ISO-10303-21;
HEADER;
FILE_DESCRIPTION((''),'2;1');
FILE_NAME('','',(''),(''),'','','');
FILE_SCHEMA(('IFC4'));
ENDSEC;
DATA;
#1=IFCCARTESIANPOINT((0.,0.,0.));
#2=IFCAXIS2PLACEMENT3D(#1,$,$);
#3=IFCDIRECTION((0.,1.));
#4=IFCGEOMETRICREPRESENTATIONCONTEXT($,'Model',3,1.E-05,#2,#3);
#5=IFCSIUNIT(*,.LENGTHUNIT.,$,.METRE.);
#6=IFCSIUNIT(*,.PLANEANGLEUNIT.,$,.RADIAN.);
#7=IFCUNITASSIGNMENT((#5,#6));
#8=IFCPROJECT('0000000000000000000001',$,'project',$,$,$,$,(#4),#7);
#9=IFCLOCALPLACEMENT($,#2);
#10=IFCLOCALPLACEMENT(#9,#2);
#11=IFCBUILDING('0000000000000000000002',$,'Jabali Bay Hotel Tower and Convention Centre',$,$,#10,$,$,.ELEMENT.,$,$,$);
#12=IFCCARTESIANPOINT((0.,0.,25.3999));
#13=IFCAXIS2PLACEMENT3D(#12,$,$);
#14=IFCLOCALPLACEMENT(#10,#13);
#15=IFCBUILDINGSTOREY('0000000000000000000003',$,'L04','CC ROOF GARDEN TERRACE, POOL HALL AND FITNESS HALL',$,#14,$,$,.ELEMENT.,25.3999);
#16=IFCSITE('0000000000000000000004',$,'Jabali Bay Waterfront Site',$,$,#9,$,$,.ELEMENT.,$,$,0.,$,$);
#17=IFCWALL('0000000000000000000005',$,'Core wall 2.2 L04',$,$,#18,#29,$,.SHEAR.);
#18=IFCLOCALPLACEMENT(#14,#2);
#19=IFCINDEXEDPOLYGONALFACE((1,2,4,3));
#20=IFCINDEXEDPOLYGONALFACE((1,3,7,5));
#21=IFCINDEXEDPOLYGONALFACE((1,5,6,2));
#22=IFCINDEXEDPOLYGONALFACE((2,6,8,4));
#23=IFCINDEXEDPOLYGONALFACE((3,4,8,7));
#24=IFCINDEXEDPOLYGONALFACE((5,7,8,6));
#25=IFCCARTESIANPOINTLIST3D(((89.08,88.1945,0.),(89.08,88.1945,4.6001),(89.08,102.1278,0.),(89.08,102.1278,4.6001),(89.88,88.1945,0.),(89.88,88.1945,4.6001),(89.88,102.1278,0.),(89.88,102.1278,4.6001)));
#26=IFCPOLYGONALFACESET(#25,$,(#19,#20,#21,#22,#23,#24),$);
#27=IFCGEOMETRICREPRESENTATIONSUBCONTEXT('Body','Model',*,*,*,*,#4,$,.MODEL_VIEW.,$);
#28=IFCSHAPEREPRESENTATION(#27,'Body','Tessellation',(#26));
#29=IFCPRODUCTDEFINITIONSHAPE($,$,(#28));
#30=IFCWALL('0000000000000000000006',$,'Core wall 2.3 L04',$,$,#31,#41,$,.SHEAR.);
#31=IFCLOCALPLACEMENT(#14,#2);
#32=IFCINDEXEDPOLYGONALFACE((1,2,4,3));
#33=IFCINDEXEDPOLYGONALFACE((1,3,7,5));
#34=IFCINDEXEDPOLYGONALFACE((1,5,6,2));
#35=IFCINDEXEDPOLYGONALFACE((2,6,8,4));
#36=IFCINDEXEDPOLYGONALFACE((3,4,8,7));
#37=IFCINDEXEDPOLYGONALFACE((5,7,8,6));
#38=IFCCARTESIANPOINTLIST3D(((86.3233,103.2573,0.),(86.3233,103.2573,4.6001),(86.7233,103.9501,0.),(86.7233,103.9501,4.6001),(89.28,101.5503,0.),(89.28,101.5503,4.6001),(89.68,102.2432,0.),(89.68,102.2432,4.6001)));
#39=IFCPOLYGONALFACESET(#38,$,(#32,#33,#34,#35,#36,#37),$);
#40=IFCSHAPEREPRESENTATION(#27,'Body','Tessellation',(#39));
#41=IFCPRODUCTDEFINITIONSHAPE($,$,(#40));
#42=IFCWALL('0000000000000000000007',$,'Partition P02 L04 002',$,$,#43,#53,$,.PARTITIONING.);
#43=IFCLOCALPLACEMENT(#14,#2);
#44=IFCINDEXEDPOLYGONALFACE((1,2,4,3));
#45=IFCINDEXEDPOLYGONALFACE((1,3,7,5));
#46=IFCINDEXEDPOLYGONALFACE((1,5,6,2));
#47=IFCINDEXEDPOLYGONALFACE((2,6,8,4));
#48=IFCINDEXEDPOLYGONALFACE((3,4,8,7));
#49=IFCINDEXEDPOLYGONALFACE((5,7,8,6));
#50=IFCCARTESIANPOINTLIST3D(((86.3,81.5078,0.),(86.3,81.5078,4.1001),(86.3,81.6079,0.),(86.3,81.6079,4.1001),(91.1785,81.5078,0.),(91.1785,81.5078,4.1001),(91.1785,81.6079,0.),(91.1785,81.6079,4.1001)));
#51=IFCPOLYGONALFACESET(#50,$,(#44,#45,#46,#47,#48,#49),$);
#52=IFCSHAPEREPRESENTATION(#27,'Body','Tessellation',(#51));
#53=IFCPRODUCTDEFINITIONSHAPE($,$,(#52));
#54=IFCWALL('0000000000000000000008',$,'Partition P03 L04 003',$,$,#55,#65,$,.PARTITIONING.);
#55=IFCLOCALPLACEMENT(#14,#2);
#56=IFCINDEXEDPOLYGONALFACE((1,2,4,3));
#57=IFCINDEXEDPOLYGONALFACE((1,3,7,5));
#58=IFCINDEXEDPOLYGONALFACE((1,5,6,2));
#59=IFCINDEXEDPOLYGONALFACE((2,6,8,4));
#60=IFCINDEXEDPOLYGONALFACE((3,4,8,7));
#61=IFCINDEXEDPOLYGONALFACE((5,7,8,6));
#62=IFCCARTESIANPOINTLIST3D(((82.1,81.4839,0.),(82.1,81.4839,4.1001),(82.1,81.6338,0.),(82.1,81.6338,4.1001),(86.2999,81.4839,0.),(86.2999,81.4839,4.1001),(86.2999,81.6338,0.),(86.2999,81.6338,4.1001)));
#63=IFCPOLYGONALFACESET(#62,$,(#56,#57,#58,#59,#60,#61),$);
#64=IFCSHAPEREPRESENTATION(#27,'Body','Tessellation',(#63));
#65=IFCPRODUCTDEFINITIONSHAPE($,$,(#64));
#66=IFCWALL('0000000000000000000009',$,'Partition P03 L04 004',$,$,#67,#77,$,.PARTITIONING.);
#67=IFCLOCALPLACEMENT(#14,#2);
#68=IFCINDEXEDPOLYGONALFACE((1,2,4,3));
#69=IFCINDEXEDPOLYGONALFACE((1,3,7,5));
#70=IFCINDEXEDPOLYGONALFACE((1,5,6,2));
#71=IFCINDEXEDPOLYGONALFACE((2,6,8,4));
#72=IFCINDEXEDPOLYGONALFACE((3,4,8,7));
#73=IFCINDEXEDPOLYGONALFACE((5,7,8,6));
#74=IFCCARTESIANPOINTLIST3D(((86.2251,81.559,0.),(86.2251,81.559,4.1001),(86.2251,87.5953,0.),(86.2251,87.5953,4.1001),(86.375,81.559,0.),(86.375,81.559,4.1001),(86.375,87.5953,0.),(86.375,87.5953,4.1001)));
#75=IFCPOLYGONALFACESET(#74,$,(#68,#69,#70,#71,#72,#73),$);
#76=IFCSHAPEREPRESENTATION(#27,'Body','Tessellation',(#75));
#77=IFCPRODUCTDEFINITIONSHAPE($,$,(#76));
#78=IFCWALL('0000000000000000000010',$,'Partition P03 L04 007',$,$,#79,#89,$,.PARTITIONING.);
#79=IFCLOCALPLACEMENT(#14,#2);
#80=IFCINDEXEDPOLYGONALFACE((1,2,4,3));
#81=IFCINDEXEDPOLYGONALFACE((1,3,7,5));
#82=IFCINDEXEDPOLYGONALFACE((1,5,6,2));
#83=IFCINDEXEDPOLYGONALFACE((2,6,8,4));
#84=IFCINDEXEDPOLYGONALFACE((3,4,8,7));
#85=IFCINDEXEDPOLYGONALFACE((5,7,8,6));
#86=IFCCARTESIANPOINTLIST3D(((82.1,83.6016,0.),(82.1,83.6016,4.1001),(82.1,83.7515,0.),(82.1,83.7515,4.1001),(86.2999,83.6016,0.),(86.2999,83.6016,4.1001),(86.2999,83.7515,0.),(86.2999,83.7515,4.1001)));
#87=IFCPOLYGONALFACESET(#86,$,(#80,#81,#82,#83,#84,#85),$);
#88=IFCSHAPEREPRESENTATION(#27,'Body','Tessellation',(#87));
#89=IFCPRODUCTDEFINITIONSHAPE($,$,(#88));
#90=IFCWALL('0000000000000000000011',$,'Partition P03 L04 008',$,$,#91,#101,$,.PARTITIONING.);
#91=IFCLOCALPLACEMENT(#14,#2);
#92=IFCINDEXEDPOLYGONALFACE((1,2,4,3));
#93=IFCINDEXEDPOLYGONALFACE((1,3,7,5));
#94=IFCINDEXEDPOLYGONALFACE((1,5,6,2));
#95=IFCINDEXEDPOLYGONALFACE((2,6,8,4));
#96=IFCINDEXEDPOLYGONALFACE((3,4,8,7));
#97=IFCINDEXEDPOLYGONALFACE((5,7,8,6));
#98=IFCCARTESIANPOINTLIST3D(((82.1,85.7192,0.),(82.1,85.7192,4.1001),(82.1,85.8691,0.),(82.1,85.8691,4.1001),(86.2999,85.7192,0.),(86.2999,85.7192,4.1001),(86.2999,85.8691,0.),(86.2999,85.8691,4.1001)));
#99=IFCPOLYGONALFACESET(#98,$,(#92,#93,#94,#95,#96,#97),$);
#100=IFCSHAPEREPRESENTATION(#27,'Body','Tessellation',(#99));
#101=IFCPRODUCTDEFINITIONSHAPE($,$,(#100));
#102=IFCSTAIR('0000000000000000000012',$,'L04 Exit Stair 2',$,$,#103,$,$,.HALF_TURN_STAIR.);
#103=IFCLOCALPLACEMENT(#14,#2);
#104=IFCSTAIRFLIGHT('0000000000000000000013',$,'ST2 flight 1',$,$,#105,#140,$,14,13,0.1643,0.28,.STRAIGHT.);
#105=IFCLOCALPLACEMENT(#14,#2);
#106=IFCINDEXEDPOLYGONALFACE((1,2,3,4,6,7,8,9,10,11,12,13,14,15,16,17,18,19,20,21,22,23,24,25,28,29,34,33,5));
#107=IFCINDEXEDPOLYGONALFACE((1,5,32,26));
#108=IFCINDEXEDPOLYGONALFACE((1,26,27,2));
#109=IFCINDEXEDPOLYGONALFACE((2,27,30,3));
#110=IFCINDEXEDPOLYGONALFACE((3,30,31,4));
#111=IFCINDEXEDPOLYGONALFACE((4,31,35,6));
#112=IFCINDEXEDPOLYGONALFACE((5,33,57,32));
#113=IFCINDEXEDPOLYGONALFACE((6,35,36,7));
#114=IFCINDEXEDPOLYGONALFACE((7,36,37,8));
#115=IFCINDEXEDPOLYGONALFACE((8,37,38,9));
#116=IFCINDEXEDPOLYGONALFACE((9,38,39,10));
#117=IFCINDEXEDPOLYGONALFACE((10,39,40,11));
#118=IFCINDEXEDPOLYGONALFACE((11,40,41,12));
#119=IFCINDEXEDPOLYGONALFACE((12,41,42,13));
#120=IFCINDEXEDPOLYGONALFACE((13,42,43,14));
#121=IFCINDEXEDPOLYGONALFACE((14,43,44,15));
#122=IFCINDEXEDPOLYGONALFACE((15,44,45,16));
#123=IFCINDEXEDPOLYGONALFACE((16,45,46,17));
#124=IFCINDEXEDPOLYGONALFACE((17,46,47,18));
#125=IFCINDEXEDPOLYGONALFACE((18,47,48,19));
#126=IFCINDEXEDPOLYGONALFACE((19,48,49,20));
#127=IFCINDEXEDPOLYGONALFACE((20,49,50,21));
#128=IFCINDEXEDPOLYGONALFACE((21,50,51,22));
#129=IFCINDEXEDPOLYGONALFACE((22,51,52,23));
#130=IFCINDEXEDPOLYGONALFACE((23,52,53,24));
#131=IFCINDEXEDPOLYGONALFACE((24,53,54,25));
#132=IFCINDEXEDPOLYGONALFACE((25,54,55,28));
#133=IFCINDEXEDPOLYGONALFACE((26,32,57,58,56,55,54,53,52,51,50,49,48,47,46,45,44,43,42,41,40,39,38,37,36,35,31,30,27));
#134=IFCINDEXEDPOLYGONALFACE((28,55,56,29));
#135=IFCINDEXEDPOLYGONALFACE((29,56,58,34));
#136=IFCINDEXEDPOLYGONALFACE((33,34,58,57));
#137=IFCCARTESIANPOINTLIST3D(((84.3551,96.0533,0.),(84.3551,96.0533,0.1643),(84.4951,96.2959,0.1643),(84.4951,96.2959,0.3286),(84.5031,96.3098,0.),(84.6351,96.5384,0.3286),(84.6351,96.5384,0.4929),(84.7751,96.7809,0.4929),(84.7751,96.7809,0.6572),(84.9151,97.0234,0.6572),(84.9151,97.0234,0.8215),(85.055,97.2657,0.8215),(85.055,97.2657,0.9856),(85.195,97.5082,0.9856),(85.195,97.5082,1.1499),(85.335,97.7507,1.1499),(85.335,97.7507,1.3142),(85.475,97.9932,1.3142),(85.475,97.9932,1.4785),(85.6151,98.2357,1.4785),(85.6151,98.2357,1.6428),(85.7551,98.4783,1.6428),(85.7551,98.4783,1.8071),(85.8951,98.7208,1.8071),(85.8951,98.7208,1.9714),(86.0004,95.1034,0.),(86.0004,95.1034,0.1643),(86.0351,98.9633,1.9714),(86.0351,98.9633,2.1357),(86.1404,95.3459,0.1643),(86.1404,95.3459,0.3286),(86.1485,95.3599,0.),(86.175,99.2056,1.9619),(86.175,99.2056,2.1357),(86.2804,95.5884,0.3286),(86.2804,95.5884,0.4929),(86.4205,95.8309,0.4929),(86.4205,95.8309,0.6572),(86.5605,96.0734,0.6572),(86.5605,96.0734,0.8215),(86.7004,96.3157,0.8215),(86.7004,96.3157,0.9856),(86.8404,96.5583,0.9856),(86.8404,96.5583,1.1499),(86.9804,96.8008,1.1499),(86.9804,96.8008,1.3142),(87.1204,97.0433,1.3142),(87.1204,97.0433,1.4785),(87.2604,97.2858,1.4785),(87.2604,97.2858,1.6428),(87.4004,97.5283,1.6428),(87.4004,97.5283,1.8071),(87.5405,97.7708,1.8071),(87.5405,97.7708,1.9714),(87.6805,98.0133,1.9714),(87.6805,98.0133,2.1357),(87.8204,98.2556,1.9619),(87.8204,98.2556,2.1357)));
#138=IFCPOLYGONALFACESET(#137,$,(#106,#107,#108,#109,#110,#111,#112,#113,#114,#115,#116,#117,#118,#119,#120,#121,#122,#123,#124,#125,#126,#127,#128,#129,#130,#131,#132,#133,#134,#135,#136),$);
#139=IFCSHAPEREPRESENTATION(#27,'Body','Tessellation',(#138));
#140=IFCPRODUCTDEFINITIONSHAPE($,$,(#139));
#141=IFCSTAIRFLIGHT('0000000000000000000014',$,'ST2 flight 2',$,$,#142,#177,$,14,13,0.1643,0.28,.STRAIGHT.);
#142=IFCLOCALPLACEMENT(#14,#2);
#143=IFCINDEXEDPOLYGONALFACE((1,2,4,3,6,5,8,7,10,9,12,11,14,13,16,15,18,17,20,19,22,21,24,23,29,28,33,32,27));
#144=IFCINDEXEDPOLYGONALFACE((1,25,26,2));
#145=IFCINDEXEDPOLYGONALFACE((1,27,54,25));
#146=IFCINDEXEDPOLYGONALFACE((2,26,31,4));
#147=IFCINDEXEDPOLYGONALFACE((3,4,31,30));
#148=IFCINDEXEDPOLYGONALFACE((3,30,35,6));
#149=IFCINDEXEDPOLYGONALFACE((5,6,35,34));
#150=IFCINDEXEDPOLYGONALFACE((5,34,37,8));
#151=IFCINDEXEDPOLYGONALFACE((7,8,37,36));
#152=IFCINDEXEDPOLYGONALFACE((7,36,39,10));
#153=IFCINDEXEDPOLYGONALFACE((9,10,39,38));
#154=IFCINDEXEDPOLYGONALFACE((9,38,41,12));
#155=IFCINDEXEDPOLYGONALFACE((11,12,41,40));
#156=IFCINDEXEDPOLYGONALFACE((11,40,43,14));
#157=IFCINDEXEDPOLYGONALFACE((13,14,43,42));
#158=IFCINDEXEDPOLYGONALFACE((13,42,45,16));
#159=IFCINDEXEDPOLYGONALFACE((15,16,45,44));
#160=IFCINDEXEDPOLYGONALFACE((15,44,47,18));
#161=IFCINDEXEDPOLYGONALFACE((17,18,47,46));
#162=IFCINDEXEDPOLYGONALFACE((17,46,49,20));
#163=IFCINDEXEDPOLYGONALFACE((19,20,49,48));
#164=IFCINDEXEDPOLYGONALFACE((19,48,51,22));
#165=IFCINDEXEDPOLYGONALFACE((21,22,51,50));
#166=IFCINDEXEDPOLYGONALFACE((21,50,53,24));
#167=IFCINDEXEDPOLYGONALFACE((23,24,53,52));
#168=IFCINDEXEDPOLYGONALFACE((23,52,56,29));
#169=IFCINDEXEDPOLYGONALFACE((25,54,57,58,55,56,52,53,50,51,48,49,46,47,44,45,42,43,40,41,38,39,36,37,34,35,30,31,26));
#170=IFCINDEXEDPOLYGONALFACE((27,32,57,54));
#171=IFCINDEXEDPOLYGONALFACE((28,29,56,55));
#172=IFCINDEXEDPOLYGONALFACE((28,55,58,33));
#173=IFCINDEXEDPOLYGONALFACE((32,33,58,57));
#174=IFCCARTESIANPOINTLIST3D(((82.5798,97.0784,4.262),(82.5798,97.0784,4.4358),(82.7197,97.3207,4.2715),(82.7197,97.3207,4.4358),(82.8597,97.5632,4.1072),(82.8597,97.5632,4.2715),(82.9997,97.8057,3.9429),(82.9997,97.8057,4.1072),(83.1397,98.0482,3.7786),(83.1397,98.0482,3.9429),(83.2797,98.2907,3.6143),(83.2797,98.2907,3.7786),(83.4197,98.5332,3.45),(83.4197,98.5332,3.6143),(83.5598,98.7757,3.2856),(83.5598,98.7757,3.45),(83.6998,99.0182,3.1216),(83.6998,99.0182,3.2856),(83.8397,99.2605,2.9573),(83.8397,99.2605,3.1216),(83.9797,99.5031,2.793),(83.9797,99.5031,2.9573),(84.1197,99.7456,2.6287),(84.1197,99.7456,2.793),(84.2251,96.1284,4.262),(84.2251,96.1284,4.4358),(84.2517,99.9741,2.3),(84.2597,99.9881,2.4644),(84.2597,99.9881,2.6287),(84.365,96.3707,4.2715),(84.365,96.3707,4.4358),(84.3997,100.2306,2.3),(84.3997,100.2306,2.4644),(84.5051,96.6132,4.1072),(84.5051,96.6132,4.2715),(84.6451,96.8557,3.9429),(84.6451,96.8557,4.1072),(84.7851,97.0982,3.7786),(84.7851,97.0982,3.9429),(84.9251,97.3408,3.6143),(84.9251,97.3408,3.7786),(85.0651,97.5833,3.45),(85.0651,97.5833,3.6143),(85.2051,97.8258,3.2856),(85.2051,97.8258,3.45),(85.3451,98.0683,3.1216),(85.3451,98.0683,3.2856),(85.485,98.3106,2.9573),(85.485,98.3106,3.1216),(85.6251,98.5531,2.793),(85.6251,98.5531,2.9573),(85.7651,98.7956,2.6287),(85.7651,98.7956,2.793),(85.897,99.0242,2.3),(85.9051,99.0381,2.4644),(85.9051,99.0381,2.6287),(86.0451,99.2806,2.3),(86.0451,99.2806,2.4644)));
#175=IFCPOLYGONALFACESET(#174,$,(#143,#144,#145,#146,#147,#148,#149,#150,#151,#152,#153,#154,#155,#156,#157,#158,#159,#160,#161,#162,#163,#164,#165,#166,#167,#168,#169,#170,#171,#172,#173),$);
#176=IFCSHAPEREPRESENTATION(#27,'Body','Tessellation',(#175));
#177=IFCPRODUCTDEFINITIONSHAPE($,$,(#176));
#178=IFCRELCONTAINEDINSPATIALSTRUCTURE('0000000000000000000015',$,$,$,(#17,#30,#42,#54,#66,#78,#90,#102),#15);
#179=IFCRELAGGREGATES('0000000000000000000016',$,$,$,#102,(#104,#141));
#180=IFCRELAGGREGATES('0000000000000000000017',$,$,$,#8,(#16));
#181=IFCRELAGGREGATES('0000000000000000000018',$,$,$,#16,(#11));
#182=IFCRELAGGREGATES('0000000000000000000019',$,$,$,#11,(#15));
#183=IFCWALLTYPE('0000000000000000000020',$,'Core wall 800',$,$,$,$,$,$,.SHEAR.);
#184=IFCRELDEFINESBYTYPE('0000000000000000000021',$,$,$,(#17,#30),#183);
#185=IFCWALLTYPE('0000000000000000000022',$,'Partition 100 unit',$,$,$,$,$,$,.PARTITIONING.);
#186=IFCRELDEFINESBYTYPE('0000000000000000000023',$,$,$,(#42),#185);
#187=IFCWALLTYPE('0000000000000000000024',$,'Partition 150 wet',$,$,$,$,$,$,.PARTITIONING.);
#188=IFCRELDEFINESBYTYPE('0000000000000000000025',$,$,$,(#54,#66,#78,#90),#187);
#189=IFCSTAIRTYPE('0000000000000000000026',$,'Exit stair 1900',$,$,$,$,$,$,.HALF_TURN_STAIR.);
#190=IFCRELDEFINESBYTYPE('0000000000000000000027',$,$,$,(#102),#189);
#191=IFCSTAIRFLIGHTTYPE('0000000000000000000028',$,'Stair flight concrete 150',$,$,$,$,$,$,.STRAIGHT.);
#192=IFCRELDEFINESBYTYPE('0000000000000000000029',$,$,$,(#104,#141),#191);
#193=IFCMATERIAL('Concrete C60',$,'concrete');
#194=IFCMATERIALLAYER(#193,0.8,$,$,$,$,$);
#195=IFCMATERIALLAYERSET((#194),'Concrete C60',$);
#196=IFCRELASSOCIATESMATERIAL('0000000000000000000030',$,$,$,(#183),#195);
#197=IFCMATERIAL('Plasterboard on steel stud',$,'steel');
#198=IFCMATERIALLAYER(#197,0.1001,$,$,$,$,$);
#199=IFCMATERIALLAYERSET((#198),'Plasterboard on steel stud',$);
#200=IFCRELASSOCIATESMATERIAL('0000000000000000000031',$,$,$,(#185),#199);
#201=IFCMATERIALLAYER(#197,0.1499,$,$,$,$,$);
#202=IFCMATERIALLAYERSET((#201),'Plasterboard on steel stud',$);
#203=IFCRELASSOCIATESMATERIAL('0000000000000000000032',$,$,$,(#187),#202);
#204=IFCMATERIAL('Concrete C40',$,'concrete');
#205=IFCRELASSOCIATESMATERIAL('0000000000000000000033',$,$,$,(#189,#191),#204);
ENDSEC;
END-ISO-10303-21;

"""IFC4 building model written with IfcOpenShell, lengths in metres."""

from ifc_helpers import new_model, si_unit, direction, frame, frame_2d, origin, place, context, subcontext, project, spatial, polyline, rectangle, outline, extrude, material, layer, layer_set, type_object, element, aggregate, save


model = new_model("IFC4")

# Units and contexts
model_context = context("Model", 3, precision=1e-05, world=origin(), true_north=direction((0.0, 1.0)))
body_context = subcontext(model_context, "Body", "Model", "MODEL_VIEW")
ifc_project = project(units=[si_unit("LENGTHUNIT", "METRE"), si_unit("PLANEANGLEUNIT", "RADIAN")], contexts=[model_context])

# Site, building, storey
site_placement = place(None, origin())
site = spatial("IfcSite", under=ifc_project, at=site_placement, Name="Jabali Bay Waterfront Site", CompositionType="ELEMENT", RefElevation=0.0)
building_placement = place(site_placement, origin())
building = spatial("IfcBuilding", under=site, at=building_placement, Name="Jabali Bay Hotel Tower and Convention Centre", CompositionType="ELEMENT")
storey_placement = place(building_placement, frame((0.0, 0.0, 25.3999)))
storey = spatial("IfcBuildingStorey", under=building, at=storey_placement, Name="L04", Description="CC ROOF GARDEN TERRACE, POOL HALL AND FITNESS HALL", CompositionType="ELEMENT", Elevation=25.3999)

# Shared definitions
ifc_material_1 = material(Name="Concrete C40", Category="concrete")

# Walls
ifc_material_2 = material(Name="Concrete C60", Category="concrete")
ifc_layer_1 = layer(ifc_material_2, 0.8)
ifc_layer_set_1 = layer_set([ifc_layer_1], Name="Concrete C60")
wall_type_1 = type_object("IfcWallType", Name="Core wall 800", PredefinedType="SHEAR", material=ifc_layer_set_1)
wall_1_placement = place(storey_placement, frame((89.48, 88.1943, 0.0), z_axis=(0.0, 0.0, 1.0), x_axis=(0.0, 1.0, 0.0)))
element("IfcWall", 1, at=wall_1_placement, inside=storey, type_object=wall_type_1, Name="Core wall 2.2 L04", PredefinedType="SHEAR", context=body_context, shape_type="SweptSolid", body=[
    extrude(rectangle(XDim=13.9333, YDim=0.8, at=frame_2d((6.9668, 0.0))), origin(), (0.0, 0.0, 1.0), 4.6001),
])
wall_2_placement = place(storey_placement, frame((89.48, 101.8967, 0.0), z_axis=(0.0, 0.0, 1.0), x_axis=(-0.866034, 0.499984, 0.0)))
element("IfcWall", 2, at=wall_2_placement, inside=storey, type_object=wall_type_1, Name="Core wall 2.3 L04", PredefinedType="SHEAR", context=body_context, shape_type="SweptSolid", body=[
    extrude(rectangle(XDim=3.4141, YDim=0.8, at=frame_2d((1.707, 0.0))), origin(), (0.0, 0.0, 1.0), 4.6001),
])
ifc_material_3 = material(Name="Plasterboard on steel stud", Category="steel")
ifc_layer_2 = layer(ifc_material_3, 0.1001)
ifc_layer_set_2 = layer_set([ifc_layer_2], Name="Plasterboard on steel stud")
wall_type_2 = type_object("IfcWallType", Name="Partition 100 unit", PredefinedType="PARTITIONING", material=ifc_layer_set_2)
wall_3_placement = place(storey_placement, frame((91.1785, 81.5579, 0.0), z_axis=(0.0, 0.0, 1.0), x_axis=(-1.0, 0.0, 0.0)))
element("IfcWall", 3, at=wall_3_placement, inside=storey, type_object=wall_type_2, Name="Partition P02 L04 002", PredefinedType="PARTITIONING", context=body_context, shape_type="SweptSolid", body=[
    extrude(rectangle(XDim=4.8784, YDim=0.1001, at=frame_2d((2.4392, 0.0))), origin(), (0.0, 0.0, 1.0), 4.1001),
])
ifc_layer_3 = layer(ifc_material_3, 0.1499)
ifc_layer_set_3 = layer_set([ifc_layer_3], Name="Plasterboard on steel stud")
wall_type_3 = type_object("IfcWallType", Name="Partition 150 wet", PredefinedType="PARTITIONING", material=ifc_layer_set_3)
wall_4_placement = place(storey_placement, frame((86.3, 81.5588, 0.0), z_axis=(0.0, 0.0, 1.0), x_axis=(-1.0, 0.0, 0.0)))
element("IfcWall", 4, at=wall_4_placement, inside=storey, type_object=wall_type_3, Name="Partition P03 L04 003", PredefinedType="PARTITIONING", context=body_context, shape_type="SweptSolid", body=[
    extrude(rectangle(XDim=4.2, YDim=0.1499, at=frame_2d((2.1001, 0.0))), origin(), (0.0, 0.0, 1.0), 4.1001),
])
wall_5_placement = place(storey_placement, frame((86.3, 87.5952, 0.0), z_axis=(0.0, 0.0, 1.0), x_axis=(0.0, -1.0, 0.0)))
element("IfcWall", 5, at=wall_5_placement, inside=storey, type_object=wall_type_3, Name="Partition P03 L04 004", PredefinedType="PARTITIONING", context=body_context, shape_type="SweptSolid", body=[
    extrude(rectangle(XDim=6.0364, YDim=0.1499, at=frame_2d((3.0181, 0.0))), origin(), (0.0, 0.0, 1.0), 4.1001),
])
for number, where, z_axis, x_axis, name in (
    (6, (86.3, 83.6765, 0.0), (0.0, 0.0, 1.0), (-1.0, 0.0, 0.0), "Partition P03 L04 007"),
    (7, (86.3, 85.7942, 0.0), (0.0, 0.0, 1.0), (-1.0, 0.0, 0.0), "Partition P03 L04 008"),
):
    element("IfcWall", number, at=place(storey_placement, frame(where, z_axis=z_axis, x_axis=x_axis)), inside=storey, type_object=wall_type_3, Name=name, PredefinedType="PARTITIONING", context=body_context, shape_type="SweptSolid", body=[
        extrude(rectangle(XDim=4.2, YDim=0.1499, at=frame_2d((2.1001, 0.0))), origin(), (0.0, 0.0, 1.0), 4.1001),
    ])

# Stair, stair flights
stair_type = type_object("IfcStairType", Name="Exit stair 1900", PredefinedType="HALF_TURN_STAIR", material=ifc_material_1)
stair_placement = place(storey_placement, origin())
stair = element("IfcStair", 8, at=stair_placement, inside=storey, type_object=stair_type, Name="L04 Exit Stair 2", PredefinedType="HALF_TURN_STAIR")
stair_flight_type = type_object("IfcStairFlightType", Name="Stair flight concrete 150", PredefinedType="STRAIGHT", material=ifc_material_1)
stair_flight_1_placement = place(storey_placement, frame((85.1777, 95.5784, 0.0), z_axis=(0.0, 0.0, 1.0), x_axis=(0.5, 0.866025, 0.0)))
stair_flight_1 = element("IfcStairFlight", 9, at=stair_flight_1_placement, type_object=stair_flight_type, Name="ST2 flight 1", NumberOfRisers=14, NumberOfTreads=13, PredefinedType="STRAIGHT", RiserHeight=0.1643, TreadLength=0.28, context=body_context, shape_type="SweptSolid", body=[
    extrude(outline(polyline([(0.0, 0.0), (0.0, 0.1643), (0.28, 0.1643), (0.28, 0.3286), (0.5601, 0.3286), (0.5601, 0.4929), (0.8401, 0.4929), (0.8401, 0.6572), (1.1201, 0.6572), (1.1201, 0.8215), (1.3999, 0.8215), (1.3999, 0.9856), (1.6799, 0.9856), (1.6799, 1.1499), (1.96, 1.1499), (1.96, 1.3142), (2.24, 1.3142), (2.24, 1.4785), (2.52, 1.4785), (2.52, 1.6428), (2.8, 1.6428), (2.8, 1.8071), (3.0801, 1.8071), (3.0801, 1.9714), (3.3601, 1.9714), (3.3601, 2.1357), (3.6399, 2.1357), (3.6399, 2.3), (3.6399, 1.9619), (0.2961, 0.0), (0.0, 0.0)])), frame((0.0, 0.95, 0.0), z_axis=(0.0, -1.0, 0.0), x_axis=(1.0, 0.0, 0.0)), (0.0, 0.0, 1.0), 1.8999),
])
stair_flight_2_placement = place(storey_placement, frame((85.2224, 99.7556, 2.3), z_axis=(0.0, 0.0, 1.0), x_axis=(-0.5, -0.866025, 0.0)))
stair_flight_2 = element("IfcStairFlight", 10, at=stair_flight_2_placement, type_object=stair_flight_type, Name="ST2 flight 2", NumberOfRisers=14, NumberOfTreads=13, PredefinedType="STRAIGHT", RiserHeight=0.1643, TreadLength=0.28, context=body_context, shape_type="SweptSolid", body=[
    extrude(outline(polyline([(0.0, 0.0), (0.0, 0.1643), (0.28, 0.1643), (0.28, 0.3286), (0.5601, 0.3286), (0.5601, 0.4929), (0.8401, 0.4929), (0.8401, 0.6572), (1.1201, 0.6572), (1.1201, 0.8215), (1.3999, 0.8215), (1.3999, 0.9856), (1.6799, 0.9856), (1.6799, 1.1499), (1.96, 1.1499), (1.96, 1.3142), (2.24, 1.3142), (2.24, 1.4785), (2.52, 1.4785), (2.52, 1.6428), (2.8, 1.6428), (2.8, 1.8071), (3.0801, 1.8071), (3.0801, 1.9714), (3.3601, 1.9714), (3.3601, 2.1357), (3.6399, 2.1357), (3.6399, 2.3), (3.6399, 1.9619), (0.2961, 0.0), (0.0, 0.0)])), frame((0.0, 0.95, 0.0), z_axis=(0.0, -1.0, 0.0), x_axis=(1.0, 0.0, 0.0)), (0.0, 0.0, 1.0), 1.8999),
])
aggregate(stair, [stair_flight_1, stair_flight_2])

save(model, "model.ifc")
